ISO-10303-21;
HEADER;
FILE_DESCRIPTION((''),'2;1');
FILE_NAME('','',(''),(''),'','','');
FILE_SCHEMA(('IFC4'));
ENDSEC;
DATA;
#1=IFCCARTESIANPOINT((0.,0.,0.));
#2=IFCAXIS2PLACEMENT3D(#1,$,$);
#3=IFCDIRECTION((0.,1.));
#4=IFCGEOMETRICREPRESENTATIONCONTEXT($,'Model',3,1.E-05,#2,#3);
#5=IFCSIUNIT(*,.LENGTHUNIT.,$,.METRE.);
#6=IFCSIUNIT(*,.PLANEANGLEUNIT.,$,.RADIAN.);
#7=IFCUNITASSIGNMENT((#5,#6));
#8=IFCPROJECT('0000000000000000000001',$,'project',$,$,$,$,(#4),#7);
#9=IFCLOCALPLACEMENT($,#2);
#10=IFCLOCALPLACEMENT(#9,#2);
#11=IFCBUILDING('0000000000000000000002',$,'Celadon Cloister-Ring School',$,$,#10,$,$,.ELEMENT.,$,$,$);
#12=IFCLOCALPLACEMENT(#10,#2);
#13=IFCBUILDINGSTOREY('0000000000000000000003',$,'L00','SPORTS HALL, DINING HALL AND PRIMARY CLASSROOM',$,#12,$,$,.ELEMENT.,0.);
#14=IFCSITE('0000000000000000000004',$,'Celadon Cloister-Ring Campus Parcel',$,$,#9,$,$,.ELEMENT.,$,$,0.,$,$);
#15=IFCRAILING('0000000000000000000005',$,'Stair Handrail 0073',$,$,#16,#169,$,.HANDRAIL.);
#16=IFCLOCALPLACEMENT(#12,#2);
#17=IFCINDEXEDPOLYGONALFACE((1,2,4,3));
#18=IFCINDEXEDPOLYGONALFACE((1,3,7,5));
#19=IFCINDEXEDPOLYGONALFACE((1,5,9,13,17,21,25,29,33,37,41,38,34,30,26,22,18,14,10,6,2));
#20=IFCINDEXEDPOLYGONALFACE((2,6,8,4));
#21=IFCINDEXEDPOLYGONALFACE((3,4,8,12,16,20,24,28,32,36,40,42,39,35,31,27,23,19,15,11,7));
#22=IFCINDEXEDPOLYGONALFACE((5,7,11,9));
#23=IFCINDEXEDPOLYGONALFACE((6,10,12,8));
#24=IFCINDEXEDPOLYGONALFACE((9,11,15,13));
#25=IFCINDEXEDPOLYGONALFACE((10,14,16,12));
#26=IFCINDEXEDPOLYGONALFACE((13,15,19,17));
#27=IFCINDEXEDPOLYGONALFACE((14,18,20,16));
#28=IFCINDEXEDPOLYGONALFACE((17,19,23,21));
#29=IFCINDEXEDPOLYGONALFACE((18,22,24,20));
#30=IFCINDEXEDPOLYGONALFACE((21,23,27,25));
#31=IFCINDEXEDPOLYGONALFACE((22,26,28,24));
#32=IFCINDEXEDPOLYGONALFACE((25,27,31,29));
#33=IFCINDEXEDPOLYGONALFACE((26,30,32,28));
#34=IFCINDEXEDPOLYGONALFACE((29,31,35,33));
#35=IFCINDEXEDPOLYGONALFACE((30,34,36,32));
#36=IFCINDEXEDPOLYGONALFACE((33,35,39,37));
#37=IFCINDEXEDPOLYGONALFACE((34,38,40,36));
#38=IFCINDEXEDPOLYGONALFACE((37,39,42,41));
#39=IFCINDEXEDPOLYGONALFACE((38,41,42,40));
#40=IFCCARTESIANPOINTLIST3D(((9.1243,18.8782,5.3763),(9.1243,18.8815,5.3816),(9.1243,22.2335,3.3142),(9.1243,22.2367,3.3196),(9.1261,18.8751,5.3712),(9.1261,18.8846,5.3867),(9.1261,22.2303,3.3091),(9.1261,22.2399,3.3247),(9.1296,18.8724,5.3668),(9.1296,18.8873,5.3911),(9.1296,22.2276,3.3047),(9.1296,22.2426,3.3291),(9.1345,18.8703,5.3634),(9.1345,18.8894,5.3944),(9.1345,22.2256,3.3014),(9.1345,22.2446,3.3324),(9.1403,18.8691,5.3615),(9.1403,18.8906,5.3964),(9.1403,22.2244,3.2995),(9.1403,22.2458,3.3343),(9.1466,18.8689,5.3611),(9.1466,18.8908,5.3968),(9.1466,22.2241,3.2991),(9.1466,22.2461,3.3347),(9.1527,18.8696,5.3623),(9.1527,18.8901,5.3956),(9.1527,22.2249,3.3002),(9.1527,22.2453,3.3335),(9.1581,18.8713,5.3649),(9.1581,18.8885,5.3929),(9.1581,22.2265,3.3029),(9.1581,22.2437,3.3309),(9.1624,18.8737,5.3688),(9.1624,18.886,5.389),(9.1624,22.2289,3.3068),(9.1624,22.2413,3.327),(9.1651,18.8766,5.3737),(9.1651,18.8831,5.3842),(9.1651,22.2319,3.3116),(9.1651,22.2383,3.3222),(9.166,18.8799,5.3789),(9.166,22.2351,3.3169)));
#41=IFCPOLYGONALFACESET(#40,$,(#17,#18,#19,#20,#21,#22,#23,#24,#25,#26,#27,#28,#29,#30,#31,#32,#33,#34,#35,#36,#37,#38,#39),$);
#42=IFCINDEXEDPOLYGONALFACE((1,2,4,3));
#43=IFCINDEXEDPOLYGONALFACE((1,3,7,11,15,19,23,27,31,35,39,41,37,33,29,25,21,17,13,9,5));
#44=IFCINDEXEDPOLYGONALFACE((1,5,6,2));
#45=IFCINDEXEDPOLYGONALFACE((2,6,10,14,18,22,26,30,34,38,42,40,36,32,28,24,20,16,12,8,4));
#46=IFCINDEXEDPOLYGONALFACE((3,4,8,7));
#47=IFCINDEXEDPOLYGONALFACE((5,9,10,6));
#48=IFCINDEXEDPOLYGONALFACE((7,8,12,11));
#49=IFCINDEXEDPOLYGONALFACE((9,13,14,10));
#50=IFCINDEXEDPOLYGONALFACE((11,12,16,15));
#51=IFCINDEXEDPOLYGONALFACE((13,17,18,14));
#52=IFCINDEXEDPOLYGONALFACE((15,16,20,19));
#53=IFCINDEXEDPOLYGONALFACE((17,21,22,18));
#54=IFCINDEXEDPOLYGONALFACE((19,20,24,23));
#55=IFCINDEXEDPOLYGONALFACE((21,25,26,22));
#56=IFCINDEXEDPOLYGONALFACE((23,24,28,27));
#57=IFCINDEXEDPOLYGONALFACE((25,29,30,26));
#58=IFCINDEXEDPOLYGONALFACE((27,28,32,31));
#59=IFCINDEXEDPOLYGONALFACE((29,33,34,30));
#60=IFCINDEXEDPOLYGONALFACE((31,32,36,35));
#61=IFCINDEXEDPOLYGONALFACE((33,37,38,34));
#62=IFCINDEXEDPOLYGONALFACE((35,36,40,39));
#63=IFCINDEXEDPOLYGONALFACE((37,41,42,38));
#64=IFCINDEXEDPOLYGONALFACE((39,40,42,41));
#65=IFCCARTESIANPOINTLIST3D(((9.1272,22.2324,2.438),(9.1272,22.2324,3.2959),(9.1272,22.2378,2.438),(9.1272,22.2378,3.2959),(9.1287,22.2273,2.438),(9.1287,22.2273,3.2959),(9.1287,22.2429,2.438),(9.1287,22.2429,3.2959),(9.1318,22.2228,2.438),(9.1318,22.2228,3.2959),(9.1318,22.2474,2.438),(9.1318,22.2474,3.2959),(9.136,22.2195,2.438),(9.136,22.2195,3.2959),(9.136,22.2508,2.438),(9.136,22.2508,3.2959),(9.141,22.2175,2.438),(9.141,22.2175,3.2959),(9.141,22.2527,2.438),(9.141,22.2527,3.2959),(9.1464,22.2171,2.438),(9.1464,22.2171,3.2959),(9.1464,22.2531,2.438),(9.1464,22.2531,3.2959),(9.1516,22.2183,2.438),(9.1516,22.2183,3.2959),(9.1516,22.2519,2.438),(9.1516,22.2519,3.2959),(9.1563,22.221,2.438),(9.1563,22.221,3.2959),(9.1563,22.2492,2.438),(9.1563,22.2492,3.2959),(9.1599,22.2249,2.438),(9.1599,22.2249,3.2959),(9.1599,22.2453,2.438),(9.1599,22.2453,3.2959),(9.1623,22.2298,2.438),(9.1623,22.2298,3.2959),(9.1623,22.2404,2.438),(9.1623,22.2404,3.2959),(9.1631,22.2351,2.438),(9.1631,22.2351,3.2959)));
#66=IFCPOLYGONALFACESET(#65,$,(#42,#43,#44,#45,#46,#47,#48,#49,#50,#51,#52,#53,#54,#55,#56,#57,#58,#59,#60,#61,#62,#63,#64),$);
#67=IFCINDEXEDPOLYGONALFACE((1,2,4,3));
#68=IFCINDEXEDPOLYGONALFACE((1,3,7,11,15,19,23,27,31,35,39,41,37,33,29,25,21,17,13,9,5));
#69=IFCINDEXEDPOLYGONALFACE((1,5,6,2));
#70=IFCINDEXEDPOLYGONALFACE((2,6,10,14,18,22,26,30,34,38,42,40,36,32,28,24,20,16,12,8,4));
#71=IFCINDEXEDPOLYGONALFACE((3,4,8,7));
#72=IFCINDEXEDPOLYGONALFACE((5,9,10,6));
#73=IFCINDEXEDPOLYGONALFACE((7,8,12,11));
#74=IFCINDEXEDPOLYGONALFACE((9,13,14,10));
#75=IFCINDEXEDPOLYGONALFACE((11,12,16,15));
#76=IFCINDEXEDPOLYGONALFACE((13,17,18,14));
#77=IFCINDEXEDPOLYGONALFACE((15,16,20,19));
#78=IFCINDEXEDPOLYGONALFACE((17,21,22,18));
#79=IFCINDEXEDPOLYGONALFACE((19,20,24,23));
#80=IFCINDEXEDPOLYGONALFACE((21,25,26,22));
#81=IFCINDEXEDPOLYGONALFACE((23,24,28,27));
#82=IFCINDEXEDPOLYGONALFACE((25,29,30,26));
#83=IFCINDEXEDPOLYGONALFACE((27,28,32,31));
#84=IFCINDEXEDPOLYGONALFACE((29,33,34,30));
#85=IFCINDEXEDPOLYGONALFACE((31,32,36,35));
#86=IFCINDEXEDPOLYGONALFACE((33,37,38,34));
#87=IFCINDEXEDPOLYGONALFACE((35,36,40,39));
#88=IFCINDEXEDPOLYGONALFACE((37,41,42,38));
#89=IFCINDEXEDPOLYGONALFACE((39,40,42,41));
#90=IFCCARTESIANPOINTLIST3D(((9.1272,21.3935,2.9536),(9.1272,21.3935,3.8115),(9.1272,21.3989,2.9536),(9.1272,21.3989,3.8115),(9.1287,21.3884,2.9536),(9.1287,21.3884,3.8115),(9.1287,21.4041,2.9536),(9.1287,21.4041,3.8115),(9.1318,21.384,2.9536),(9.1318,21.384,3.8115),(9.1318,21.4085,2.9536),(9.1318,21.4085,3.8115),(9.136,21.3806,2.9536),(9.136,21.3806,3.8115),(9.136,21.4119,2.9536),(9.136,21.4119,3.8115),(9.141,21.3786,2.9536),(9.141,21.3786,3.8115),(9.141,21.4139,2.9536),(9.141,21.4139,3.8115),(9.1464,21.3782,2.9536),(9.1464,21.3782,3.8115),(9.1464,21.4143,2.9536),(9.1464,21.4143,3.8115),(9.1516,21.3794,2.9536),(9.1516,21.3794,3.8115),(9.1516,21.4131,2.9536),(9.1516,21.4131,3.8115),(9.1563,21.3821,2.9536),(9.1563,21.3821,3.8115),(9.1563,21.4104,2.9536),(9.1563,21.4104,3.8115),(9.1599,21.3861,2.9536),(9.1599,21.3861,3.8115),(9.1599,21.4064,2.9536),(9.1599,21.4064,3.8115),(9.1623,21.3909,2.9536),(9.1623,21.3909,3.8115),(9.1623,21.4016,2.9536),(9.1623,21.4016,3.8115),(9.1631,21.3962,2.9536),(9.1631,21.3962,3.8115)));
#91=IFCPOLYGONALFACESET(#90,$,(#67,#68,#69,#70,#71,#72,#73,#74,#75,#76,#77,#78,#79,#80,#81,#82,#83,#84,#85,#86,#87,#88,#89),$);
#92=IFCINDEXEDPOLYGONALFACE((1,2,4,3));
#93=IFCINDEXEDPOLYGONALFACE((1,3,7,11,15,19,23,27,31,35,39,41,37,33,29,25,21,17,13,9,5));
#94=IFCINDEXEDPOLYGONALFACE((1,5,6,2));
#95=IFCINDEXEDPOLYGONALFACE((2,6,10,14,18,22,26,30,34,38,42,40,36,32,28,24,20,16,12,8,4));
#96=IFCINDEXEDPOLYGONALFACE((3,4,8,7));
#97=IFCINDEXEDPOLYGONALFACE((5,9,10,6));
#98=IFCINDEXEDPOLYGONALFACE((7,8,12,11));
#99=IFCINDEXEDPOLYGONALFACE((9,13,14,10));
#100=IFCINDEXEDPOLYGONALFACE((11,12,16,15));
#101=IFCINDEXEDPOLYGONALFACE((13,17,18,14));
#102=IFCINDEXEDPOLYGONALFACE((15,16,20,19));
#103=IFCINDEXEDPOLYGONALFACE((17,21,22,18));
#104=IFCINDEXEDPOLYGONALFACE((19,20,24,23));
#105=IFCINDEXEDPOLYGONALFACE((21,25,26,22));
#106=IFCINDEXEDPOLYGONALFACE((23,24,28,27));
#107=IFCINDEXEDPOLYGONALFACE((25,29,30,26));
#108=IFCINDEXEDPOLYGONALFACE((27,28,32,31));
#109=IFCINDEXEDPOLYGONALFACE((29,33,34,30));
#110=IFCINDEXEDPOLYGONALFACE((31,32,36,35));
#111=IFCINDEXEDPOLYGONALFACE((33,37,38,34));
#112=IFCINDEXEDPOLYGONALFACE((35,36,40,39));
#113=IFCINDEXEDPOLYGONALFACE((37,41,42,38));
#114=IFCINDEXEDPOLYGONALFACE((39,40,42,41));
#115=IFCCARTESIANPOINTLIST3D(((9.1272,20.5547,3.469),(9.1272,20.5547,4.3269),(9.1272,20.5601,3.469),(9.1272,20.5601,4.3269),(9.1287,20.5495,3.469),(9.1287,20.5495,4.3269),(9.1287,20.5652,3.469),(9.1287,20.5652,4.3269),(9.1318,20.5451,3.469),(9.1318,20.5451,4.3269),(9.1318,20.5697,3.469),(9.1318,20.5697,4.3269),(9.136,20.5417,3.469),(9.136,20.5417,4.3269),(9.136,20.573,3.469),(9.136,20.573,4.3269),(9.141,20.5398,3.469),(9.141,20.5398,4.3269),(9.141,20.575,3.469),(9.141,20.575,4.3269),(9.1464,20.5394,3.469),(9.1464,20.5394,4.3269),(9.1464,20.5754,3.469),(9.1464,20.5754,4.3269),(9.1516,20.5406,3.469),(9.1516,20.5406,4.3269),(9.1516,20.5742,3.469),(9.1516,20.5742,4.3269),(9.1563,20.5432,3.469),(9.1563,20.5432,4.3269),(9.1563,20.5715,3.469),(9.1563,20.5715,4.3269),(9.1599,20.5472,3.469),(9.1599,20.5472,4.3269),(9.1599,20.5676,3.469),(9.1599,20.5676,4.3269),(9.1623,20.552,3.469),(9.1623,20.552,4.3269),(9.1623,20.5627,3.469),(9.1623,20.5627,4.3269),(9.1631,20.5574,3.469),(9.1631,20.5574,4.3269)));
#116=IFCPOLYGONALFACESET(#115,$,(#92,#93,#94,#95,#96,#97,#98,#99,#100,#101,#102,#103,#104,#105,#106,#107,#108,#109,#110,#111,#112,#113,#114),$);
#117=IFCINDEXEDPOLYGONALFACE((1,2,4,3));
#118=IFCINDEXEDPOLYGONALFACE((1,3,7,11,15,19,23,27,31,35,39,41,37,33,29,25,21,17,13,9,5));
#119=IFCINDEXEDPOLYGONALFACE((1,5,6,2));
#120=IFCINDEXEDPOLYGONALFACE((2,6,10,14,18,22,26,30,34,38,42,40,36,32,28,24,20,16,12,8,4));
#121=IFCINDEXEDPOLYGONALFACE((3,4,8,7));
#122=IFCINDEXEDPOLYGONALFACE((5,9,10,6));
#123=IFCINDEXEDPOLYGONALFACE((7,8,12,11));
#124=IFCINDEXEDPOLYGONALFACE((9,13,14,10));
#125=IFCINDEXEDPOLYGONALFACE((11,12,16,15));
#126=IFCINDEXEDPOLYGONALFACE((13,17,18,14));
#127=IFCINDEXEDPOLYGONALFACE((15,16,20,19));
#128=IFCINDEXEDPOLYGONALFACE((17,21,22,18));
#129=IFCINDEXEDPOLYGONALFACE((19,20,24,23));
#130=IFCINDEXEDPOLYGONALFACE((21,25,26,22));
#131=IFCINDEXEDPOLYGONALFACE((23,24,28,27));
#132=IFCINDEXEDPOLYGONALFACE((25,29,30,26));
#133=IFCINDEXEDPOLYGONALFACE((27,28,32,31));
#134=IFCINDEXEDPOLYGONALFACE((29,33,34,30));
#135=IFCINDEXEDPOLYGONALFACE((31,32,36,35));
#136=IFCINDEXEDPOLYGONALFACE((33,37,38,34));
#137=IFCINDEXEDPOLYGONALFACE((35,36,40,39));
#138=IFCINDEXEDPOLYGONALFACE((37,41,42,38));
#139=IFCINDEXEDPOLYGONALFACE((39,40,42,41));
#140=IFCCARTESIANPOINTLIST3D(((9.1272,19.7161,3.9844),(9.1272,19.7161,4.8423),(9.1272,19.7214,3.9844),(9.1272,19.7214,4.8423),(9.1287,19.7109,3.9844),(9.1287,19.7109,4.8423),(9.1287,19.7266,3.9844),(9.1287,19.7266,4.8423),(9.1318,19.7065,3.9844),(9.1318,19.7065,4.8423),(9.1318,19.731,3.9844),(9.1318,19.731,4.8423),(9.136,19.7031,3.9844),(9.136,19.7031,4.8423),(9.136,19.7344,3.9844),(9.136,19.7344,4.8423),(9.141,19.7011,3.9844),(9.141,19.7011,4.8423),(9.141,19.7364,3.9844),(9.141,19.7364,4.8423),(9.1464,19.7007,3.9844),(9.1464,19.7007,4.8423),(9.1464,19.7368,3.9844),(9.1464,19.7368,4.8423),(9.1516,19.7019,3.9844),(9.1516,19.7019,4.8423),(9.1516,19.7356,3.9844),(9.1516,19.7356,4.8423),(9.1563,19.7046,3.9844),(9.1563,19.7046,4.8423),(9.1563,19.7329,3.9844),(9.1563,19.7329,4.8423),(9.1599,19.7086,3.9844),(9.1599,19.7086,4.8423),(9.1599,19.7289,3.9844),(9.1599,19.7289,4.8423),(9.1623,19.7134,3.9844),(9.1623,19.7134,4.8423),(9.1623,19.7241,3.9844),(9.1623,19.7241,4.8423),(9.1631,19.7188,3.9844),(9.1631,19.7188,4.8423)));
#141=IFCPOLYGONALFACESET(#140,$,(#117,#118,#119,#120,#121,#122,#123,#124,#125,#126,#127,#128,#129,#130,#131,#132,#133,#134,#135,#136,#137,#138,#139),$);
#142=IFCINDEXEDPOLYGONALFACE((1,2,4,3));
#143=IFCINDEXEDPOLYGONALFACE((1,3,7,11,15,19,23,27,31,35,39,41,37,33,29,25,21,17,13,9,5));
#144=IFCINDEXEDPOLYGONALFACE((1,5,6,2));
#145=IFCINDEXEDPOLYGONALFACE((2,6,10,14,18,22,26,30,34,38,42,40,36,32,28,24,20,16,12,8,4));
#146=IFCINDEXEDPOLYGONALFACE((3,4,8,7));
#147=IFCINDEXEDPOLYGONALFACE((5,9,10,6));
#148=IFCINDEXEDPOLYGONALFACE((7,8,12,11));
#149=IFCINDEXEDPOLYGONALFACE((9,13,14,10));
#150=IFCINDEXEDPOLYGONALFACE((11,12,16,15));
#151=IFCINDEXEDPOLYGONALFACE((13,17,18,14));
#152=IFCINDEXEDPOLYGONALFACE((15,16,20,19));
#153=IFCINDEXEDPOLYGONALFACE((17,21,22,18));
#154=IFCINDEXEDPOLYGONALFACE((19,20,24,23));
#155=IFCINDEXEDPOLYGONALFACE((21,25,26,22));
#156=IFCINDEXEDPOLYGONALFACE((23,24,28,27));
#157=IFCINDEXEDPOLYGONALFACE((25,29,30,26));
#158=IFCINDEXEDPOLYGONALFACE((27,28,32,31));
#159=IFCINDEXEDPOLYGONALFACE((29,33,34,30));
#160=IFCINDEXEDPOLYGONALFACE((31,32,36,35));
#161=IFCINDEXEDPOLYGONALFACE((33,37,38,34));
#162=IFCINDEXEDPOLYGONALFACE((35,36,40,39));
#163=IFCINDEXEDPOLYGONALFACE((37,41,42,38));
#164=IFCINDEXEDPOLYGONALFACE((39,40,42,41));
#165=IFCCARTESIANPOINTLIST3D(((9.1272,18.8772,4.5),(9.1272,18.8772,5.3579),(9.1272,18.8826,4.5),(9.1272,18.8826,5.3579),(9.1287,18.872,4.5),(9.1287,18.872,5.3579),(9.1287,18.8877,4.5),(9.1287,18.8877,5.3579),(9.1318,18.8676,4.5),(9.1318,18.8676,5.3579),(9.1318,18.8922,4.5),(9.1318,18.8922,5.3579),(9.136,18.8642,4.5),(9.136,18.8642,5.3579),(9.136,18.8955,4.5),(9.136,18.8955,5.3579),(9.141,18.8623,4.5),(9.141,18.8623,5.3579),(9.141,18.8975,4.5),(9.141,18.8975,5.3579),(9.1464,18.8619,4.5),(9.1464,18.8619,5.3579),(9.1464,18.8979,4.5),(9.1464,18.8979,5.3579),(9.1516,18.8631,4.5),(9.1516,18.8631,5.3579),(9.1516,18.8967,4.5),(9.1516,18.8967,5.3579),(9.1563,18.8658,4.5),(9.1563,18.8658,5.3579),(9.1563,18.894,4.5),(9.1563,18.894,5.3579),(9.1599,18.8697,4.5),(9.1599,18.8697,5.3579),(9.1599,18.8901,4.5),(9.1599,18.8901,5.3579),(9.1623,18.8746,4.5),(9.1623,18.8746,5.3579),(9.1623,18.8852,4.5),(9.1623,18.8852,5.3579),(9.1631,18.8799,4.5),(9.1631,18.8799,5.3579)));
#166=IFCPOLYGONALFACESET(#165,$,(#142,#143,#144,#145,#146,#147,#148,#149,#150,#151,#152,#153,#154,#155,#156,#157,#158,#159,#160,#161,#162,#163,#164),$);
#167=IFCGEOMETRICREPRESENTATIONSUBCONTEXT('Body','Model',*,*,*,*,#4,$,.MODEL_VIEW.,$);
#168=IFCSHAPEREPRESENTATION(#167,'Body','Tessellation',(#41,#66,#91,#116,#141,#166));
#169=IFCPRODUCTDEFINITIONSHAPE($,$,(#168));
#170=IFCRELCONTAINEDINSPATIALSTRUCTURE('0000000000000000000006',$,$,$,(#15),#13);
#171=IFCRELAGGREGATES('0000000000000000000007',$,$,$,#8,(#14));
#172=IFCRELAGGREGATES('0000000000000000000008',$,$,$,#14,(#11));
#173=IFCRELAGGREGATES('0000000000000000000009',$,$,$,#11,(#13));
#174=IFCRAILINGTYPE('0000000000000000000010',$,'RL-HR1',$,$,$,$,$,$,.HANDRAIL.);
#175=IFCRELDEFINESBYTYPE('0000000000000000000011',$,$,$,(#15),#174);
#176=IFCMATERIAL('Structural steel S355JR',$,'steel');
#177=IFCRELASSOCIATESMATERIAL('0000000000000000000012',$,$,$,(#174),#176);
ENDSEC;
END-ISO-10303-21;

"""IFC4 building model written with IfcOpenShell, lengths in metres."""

from ifc_helpers import new_model, si_unit, direction, frame, origin, origin_2d, place, context, subcontext, project, spatial, circle, extrude, material, type_object, element, save


model = new_model("IFC4")

# Units and contexts
model_context = context("Model", 3, precision=1e-05, world=origin(), true_north=direction((0.0, 1.0)))
body_context = subcontext(model_context, "Body", "Model", "MODEL_VIEW")
ifc_project = project(units=[si_unit("LENGTHUNIT", "METRE"), si_unit("PLANEANGLEUNIT", "RADIAN")], contexts=[model_context])

# Site, building, storey
site_placement = place(None, origin())
site = spatial("IfcSite", under=ifc_project, at=site_placement, Name="Celadon Cloister-Ring Campus Parcel", CompositionType="ELEMENT", RefElevation=0.0)
building_placement = place(site_placement, origin())
building = spatial("IfcBuilding", under=site, at=building_placement, Name="Celadon Cloister-Ring School", CompositionType="ELEMENT")
storey_placement = place(building_placement, origin())
storey = spatial("IfcBuildingStorey", under=building, at=storey_placement, Name="L00", Description="SPORTS HALL, DINING HALL AND PRIMARY CLASSROOM", CompositionType="ELEMENT", Elevation=0.0)

# Railing
ifc_material_1 = material(Name="Structural steel S355JR", Category="steel")
railing_type_1 = type_object("IfcRailingType", Name="RL-HR1", PredefinedType="HANDRAIL", material=ifc_material_1)
railing_1_placement = place(storey_placement, frame((9.145, 22.2351, 2.438)))
element("IfcRailing", 1, at=railing_1_placement, inside=storey, type_object=railing_type_1, Name="Stair Handrail 0073", PredefinedType="HANDRAIL", context=body_context, shape_type="SweptSolid", body=[
    extrude(circle(Radius=0.021, at=origin_2d()), frame((0.0, 0.0, 0.8789), z_axis=(0.0, -0.851969, 0.523592), x_axis=(1.0, 0.0, 0.0)), (0.0, 0.0, 1.0), 3.9382),
    extrude(circle(Radius=0.0181, at=origin_2d()), origin(), (0.0, 0.0, 1.0), 0.8579),
    extrude(circle(Radius=0.0181, at=origin_2d()), frame((0.0, -0.8389, 0.5156)), (0.0, 0.0, 1.0), 0.8579),
    extrude(circle(Radius=0.0181, at=origin_2d()), frame((0.0, -1.6777, 1.031)), (0.0, 0.0, 1.0), 0.8579),
    extrude(circle(Radius=0.0181, at=origin_2d()), frame((0.0, -2.5164, 1.5464)), (0.0, 0.0, 1.0), 0.8579),
    extrude(circle(Radius=0.0181, at=origin_2d()), frame((0.0, -3.3552, 2.062)), (0.0, 0.0, 1.0), 0.8579),
])

save(model, "model.ifc")
